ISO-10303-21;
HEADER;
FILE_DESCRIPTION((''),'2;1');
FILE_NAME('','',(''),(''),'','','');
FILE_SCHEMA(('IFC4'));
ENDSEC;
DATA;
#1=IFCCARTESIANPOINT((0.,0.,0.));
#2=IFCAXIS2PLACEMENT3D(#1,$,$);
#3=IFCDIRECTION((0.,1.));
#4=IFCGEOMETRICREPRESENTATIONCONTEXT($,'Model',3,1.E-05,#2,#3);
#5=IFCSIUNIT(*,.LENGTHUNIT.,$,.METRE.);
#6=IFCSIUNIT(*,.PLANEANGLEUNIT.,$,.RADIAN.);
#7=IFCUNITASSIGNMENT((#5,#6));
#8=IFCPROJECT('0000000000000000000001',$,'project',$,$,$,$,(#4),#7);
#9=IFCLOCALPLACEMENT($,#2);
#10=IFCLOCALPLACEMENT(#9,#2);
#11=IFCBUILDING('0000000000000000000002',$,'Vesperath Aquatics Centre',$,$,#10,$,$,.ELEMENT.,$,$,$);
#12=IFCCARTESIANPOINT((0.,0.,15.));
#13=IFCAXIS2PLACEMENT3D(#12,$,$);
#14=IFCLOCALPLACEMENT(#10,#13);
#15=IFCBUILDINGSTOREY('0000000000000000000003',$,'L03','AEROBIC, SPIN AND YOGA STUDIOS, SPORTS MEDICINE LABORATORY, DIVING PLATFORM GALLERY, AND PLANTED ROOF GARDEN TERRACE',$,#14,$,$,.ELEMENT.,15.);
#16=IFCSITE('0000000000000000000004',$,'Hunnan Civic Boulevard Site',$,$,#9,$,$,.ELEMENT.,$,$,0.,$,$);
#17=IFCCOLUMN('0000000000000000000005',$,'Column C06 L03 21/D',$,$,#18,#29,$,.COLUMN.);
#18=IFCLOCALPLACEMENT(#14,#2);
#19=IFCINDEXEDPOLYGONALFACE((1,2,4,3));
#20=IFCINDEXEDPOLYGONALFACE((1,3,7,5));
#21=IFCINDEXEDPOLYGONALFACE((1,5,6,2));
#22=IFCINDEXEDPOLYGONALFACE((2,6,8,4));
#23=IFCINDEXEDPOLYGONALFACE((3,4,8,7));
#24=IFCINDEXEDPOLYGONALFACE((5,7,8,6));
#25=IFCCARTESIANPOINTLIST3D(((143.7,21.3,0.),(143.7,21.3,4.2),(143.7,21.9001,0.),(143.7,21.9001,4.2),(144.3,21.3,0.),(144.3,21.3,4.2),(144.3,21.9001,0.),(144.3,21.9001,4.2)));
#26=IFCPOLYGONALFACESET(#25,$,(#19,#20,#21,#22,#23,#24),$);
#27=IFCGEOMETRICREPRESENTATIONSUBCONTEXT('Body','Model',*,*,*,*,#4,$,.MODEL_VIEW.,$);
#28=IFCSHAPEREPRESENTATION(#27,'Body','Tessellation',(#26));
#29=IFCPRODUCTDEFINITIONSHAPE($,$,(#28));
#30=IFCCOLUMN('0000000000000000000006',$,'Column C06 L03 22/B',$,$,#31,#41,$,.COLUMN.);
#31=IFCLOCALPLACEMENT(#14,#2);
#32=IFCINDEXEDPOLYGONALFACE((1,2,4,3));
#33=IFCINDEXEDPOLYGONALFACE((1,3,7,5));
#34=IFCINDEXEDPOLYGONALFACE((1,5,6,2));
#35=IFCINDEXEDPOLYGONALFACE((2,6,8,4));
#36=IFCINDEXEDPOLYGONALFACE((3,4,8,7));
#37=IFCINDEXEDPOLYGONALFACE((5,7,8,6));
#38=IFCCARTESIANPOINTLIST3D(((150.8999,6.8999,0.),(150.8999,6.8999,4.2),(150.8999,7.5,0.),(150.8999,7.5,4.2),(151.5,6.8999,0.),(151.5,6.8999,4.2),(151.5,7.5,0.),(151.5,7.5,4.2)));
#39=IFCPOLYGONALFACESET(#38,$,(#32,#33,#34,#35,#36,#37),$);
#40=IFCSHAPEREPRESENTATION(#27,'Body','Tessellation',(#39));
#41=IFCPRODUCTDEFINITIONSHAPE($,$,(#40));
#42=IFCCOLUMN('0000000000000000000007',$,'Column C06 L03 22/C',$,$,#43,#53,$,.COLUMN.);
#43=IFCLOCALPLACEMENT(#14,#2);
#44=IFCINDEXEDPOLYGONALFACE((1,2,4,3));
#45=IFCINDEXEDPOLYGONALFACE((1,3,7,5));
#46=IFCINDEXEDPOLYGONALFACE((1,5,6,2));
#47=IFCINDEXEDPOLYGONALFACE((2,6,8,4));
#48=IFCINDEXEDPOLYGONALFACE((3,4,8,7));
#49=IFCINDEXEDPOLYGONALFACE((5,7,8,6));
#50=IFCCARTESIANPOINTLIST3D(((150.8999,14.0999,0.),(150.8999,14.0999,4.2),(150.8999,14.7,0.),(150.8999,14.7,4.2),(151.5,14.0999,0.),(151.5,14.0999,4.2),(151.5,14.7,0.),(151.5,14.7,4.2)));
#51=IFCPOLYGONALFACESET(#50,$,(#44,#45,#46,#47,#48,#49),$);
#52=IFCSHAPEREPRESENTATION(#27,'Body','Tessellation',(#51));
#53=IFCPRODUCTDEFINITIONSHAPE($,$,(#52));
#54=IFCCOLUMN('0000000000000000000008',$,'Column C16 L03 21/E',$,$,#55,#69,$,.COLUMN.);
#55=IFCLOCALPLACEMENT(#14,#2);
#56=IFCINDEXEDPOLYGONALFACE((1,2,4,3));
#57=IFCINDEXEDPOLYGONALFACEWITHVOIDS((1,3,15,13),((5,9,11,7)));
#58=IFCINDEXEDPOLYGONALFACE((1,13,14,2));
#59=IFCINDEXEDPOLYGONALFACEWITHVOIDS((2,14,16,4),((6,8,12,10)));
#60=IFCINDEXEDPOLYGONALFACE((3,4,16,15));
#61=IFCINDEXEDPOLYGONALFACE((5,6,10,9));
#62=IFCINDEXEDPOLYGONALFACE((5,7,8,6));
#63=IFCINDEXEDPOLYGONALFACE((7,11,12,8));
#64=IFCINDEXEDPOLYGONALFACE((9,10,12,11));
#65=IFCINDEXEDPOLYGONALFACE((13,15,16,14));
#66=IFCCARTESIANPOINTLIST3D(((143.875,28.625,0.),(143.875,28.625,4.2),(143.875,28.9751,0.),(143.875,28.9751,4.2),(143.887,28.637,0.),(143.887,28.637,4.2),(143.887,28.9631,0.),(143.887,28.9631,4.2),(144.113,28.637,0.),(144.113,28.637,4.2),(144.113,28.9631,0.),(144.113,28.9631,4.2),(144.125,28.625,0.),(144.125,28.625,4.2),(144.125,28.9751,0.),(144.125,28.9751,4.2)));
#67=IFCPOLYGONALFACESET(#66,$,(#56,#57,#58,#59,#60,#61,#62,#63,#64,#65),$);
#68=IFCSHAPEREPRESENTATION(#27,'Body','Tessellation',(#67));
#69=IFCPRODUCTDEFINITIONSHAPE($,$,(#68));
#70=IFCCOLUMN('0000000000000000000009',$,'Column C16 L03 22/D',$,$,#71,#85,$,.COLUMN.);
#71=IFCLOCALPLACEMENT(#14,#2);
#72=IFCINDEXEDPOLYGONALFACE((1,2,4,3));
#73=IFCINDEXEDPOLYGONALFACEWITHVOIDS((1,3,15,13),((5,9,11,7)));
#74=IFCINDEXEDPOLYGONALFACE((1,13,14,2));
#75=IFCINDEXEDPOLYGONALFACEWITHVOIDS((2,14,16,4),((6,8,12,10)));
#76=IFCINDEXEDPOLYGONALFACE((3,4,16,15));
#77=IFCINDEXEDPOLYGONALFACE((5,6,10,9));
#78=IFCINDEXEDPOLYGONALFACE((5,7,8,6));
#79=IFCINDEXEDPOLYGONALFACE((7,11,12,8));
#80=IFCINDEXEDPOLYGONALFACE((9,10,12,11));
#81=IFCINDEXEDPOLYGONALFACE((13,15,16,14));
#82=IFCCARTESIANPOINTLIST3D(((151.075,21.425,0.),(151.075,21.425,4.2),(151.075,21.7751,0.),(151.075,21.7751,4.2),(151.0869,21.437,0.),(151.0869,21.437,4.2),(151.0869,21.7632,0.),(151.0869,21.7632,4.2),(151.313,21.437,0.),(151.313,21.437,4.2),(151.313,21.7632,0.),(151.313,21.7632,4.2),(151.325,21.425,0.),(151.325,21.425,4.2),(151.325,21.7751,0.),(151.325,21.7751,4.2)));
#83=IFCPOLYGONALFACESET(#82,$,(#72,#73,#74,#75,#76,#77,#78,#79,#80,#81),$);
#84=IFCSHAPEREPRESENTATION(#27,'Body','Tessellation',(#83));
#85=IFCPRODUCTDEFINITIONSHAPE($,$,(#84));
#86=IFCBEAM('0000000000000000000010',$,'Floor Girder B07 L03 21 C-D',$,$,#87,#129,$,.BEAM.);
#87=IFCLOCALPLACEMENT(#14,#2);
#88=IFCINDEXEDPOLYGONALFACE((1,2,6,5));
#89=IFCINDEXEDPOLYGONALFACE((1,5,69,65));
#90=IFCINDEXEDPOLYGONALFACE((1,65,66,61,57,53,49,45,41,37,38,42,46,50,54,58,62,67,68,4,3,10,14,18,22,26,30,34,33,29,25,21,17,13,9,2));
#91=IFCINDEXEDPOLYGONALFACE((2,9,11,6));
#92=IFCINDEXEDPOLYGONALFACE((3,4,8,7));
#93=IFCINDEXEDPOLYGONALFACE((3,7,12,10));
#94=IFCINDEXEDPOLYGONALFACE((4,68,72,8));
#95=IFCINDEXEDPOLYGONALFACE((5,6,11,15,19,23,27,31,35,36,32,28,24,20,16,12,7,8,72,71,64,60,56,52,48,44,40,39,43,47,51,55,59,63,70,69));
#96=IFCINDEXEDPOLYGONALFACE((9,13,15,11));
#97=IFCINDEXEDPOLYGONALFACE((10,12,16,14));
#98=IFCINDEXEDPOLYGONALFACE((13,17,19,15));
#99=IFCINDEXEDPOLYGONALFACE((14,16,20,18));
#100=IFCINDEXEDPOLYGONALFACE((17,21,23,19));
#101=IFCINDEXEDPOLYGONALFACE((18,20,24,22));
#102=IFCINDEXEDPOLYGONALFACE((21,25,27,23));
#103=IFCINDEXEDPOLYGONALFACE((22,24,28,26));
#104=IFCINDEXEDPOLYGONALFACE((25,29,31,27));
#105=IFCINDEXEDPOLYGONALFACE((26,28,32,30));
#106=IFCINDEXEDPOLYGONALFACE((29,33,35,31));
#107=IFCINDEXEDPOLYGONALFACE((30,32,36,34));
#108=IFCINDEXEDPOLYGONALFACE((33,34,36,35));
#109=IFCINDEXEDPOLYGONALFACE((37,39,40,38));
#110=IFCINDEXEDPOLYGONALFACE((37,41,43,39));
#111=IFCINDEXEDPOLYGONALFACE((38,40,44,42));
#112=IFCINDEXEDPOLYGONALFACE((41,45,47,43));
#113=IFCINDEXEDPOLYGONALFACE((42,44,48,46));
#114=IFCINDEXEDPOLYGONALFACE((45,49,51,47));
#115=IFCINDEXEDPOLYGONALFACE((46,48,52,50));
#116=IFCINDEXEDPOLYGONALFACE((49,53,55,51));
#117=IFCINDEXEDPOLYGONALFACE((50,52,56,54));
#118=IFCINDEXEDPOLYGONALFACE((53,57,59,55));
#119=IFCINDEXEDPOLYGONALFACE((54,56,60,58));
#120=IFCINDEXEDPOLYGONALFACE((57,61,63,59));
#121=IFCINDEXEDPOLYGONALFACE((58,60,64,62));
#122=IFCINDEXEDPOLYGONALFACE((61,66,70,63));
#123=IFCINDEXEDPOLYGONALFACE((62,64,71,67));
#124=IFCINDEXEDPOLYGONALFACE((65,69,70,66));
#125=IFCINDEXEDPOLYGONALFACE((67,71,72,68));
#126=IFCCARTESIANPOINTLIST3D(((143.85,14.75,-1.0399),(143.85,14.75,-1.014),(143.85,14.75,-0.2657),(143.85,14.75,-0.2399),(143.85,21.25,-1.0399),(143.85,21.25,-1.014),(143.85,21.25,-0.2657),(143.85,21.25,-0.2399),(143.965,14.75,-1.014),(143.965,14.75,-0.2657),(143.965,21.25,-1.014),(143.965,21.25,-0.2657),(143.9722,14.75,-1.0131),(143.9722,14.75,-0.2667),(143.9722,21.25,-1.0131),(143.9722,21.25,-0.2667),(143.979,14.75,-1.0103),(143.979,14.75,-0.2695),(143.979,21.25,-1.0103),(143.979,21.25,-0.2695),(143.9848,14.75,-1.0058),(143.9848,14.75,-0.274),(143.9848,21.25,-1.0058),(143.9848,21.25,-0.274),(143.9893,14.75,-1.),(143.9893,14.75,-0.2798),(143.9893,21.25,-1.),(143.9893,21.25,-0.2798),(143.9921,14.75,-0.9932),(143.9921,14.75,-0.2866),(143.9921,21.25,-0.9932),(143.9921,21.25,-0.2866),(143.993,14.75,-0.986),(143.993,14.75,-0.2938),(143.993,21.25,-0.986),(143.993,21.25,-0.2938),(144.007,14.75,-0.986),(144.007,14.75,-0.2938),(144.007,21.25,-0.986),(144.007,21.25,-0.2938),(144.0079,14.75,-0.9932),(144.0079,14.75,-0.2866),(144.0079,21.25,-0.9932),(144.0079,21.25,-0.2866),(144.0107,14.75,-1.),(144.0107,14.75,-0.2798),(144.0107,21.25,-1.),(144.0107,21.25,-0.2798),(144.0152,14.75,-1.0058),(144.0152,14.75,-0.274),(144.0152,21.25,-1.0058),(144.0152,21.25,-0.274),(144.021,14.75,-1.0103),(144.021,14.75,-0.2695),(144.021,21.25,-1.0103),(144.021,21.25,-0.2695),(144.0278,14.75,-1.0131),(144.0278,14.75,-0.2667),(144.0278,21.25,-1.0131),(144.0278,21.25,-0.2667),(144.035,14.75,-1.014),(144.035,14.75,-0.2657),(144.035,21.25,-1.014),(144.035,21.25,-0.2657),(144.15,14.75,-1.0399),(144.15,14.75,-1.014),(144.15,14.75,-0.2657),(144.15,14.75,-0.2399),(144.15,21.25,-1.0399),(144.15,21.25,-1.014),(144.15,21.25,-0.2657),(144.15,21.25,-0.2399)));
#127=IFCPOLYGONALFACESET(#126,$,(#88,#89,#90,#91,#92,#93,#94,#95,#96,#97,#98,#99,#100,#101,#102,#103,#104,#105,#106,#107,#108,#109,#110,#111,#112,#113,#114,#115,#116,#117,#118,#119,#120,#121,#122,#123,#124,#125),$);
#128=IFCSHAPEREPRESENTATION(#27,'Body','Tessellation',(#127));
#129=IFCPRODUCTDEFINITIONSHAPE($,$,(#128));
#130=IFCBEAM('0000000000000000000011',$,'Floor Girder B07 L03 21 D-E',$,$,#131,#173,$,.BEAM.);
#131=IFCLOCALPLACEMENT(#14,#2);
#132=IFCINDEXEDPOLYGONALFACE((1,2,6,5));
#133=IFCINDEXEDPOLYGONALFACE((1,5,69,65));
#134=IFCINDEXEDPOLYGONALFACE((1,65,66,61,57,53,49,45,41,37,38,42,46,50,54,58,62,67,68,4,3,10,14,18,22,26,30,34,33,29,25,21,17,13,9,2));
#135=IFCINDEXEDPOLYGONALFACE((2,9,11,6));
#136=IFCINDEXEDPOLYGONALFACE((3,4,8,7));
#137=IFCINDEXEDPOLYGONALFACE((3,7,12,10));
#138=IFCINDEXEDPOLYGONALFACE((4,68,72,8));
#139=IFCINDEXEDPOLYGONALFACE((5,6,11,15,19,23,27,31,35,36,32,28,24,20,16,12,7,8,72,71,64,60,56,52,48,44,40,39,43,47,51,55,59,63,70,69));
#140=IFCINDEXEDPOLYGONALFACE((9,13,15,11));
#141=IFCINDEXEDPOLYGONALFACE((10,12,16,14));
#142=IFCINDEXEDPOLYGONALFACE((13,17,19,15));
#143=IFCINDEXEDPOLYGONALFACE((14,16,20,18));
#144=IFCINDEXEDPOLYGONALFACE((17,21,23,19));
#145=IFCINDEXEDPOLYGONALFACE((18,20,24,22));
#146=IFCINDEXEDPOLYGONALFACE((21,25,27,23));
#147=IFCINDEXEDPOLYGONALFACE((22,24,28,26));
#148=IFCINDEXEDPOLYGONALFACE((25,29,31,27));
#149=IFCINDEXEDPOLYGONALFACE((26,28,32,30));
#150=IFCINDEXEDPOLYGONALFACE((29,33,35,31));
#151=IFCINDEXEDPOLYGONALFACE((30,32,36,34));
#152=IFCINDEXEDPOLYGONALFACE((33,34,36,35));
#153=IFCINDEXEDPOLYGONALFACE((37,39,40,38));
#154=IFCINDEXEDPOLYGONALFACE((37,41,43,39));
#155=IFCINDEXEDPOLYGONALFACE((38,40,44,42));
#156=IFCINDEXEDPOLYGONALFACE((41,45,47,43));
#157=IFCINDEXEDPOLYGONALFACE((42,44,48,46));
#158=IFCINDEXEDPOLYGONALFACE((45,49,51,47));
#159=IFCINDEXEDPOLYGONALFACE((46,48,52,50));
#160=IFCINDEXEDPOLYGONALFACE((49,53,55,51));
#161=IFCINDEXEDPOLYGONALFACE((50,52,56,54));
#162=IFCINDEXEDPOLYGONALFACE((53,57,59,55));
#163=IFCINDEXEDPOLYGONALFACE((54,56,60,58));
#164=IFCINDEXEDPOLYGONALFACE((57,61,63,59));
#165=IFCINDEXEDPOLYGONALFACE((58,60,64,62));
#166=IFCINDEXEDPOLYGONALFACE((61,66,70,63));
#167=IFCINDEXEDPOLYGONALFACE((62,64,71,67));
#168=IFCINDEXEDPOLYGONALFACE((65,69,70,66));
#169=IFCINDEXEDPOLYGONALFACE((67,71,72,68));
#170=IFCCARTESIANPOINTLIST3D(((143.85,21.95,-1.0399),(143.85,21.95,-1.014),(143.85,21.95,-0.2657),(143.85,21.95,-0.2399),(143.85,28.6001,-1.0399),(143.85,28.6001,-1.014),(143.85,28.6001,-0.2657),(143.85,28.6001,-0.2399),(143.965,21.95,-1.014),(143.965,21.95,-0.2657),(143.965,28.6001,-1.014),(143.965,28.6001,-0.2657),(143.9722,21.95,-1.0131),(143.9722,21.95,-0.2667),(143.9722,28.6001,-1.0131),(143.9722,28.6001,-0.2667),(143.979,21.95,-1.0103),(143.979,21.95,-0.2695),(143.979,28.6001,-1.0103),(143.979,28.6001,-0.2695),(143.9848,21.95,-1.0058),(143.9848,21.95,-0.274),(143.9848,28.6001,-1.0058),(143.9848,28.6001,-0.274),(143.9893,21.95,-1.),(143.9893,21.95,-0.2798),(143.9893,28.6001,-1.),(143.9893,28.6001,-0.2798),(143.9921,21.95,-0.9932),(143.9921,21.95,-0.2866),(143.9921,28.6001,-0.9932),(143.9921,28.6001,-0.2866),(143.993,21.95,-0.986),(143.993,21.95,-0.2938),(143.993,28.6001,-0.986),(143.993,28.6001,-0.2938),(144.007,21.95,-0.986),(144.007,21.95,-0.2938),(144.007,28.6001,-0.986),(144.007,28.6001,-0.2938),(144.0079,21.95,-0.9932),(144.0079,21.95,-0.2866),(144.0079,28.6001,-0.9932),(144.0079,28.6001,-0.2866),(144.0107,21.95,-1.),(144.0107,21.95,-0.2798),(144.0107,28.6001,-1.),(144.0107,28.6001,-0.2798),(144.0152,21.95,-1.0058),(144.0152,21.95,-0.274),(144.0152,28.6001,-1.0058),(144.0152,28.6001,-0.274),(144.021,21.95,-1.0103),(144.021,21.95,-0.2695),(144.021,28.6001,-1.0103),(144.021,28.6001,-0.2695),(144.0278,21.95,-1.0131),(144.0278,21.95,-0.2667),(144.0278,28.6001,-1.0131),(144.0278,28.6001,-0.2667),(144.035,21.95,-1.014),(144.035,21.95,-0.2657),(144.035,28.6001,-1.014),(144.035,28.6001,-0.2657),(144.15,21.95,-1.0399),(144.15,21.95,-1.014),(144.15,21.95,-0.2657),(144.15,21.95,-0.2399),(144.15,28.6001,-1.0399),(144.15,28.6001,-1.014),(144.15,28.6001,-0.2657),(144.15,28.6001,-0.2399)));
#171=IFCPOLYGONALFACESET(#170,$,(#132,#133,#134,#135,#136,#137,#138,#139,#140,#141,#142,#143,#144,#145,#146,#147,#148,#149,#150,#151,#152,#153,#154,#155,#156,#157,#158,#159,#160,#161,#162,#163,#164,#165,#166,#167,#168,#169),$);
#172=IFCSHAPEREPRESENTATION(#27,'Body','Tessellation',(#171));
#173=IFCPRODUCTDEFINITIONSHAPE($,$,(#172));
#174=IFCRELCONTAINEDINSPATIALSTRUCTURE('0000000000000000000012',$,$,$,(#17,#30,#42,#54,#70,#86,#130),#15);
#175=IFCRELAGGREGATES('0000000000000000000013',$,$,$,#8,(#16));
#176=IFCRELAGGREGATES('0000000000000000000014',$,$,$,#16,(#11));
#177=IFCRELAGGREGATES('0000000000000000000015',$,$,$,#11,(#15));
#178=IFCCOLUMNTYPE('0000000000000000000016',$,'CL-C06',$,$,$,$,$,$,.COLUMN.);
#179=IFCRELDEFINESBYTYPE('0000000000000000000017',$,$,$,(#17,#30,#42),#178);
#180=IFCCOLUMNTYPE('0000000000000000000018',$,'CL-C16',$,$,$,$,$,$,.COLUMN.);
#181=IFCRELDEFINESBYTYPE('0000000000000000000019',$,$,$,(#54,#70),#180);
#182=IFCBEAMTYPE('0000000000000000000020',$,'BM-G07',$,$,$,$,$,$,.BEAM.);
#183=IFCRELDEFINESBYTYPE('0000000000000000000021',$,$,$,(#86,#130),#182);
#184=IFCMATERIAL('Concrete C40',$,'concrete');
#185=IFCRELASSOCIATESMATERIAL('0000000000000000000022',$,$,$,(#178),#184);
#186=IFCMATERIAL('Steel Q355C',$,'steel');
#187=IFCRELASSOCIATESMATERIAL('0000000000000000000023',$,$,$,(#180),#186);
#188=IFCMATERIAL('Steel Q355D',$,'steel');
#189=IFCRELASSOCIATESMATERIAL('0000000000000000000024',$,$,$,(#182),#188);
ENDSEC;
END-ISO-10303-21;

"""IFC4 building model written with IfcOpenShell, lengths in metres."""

from ifc_helpers import new_model, si_unit, direction, frame, origin, origin_2d, place, context, subcontext, project, spatial, rectangle, hollow_rectangle, i_section, extrude, material, material_profile, profile_set, type_object, element, save


model = new_model("IFC4")

# Units and contexts
model_context = context("Model", 3, precision=1e-05, world=origin(), true_north=direction((0.0, 1.0)))
body_context = subcontext(model_context, "Body", "Model", "MODEL_VIEW")
ifc_project = project(units=[si_unit("LENGTHUNIT", "METRE"), si_unit("PLANEANGLEUNIT", "RADIAN")], contexts=[model_context])

# Site, building, storey
site_placement = place(None, origin())
site = spatial("IfcSite", under=ifc_project, at=site_placement, Name="Hunnan Civic Boulevard Site", CompositionType="ELEMENT", RefElevation=0.0)
building_placement = place(site_placement, origin())
building = spatial("IfcBuilding", under=site, at=building_placement, Name="Vesperath Aquatics Centre", CompositionType="ELEMENT")
storey_placement = place(building_placement, frame((0.0, 0.0, 15.0)))
storey = spatial("IfcBuildingStorey", under=building, at=storey_placement, Name="L03", Description="AEROBIC, SPIN AND YOGA STUDIOS, SPORTS MEDICINE LABORATORY, DIVING PLATFORM GALLERY, AND PLANTED ROOF GARDEN TERRACE", CompositionType="ELEMENT", Elevation=15.0)

# Columns
ifc_material_1 = material(Name="Concrete C40", Category="concrete")
ifc_material_profile_1 = material_profile(ifc_material_1, rectangle(XDim=0.6001, YDim=0.6001, at=origin_2d()), Name="RC 600x600")
ifc_profile_set_1 = profile_set([ifc_material_profile_1], Name="Concrete C40")
column_type_1 = type_object("IfcColumnType", Name="CL-C06", PredefinedType="COLUMN", material=ifc_profile_set_1)
for number, where, z_axis, x_axis, name in (
    (1, (144.0, 21.6001, 0.0), (0.0, 0.0, 1.0), (1.0, 0.0, 0.0), "Column C06 L03 21/D"),
    (2, (151.2, 7.2, 0.0), (0.0, 0.0, 1.0), (1.0, 0.0, 0.0), "Column C06 L03 22/B"),
    (3, (151.2, 14.3999, 0.0), (0.0, 0.0, 1.0), (1.0, 0.0, 0.0), "Column C06 L03 22/C"),
):
    element("IfcColumn", number, at=place(storey_placement, frame(where, z_axis=z_axis, x_axis=x_axis)), inside=storey, type_object=column_type_1, Name=name, PredefinedType="COLUMN", context=body_context, shape_type="SweptSolid", body=[
        extrude(rectangle(XDim=0.6001, YDim=0.6001, at=origin_2d()), origin(), (0.0, 0.0, 1.0), 4.2),
    ])
ifc_material_2 = material(Name="Steel Q355C", Category="steel")
ifc_material_profile_2 = material_profile(ifc_material_2, hollow_rectangle(XDim=0.25, YDim=0.3501, WallThickness=0.012, at=origin_2d()), Name="RHS 350x250x12")
ifc_profile_set_2 = profile_set([ifc_material_profile_2], Name="Steel Q355C")
column_type_2 = type_object("IfcColumnType", Name="CL-C16", PredefinedType="COLUMN", material=ifc_profile_set_2)
for number, where, z_axis, x_axis, name in (
    (4, (144.0, 28.8, 0.0), (0.0, 0.0, 1.0), (1.0, 0.0, 0.0), "Column C16 L03 21/E"),
    (5, (151.2, 21.6001, 0.0), (0.0, 0.0, 1.0), (1.0, 0.0, 0.0), "Column C16 L03 22/D"),
):
    element("IfcColumn", number, at=place(storey_placement, frame(where, z_axis=z_axis, x_axis=x_axis)), inside=storey, type_object=column_type_2, Name=name, PredefinedType="COLUMN", context=body_context, shape_type="SweptSolid", body=[
        extrude(hollow_rectangle(XDim=0.25, YDim=0.3501, WallThickness=0.012, at=origin_2d()), origin(), (0.0, 0.0, 1.0), 4.2),
    ])

# Beams
ifc_material_3 = material(Name="Steel Q355D", Category="steel")
ifc_material_profile_3 = material_profile(ifc_material_3, i_section(OverallWidth=0.3, OverallDepth=0.8, WebThickness=0.0139, FlangeThickness=0.0259, FilletRadius=0.0281, at=origin_2d()), Name="HN 800x300x14x26")
ifc_profile_set_3 = profile_set([ifc_material_profile_3], Name="Steel Q355D")
beam_type_1 = type_object("IfcBeamType", Name="BM-G07", PredefinedType="BEAM", material=ifc_profile_set_3)
beam_1_placement = place(storey_placement, frame((144.0, 14.75, -0.6399), z_axis=(0.0, 1.0, 0.0), x_axis=(-1.0, 0.0, 0.0)))
element("IfcBeam", 6, at=beam_1_placement, inside=storey, type_object=beam_type_1, Name="Floor Girder B07 L03 21 C-D", PredefinedType="BEAM", context=body_context, shape_type="SweptSolid", body=[
    extrude(i_section(OverallWidth=0.3, OverallDepth=0.8, WebThickness=0.0139, FlangeThickness=0.0259, FilletRadius=0.0281, at=origin_2d()), origin(), (0.0, 0.0, 1.0), 6.5),
])
beam_2_placement = place(storey_placement, frame((144.0, 21.95, -0.6399), z_axis=(0.0, 1.0, 0.0), x_axis=(-1.0, 0.0, 0.0)))
element("IfcBeam", 7, at=beam_2_placement, inside=storey, type_object=beam_type_1, Name="Floor Girder B07 L03 21 D-E", PredefinedType="BEAM", context=body_context, shape_type="SweptSolid", body=[
    extrude(i_section(OverallWidth=0.3, OverallDepth=0.8, WebThickness=0.0139, FlangeThickness=0.0259, FilletRadius=0.0281, at=origin_2d()), origin(), (0.0, 0.0, 1.0), 6.6501),
])

save(model, "model.ifc")
